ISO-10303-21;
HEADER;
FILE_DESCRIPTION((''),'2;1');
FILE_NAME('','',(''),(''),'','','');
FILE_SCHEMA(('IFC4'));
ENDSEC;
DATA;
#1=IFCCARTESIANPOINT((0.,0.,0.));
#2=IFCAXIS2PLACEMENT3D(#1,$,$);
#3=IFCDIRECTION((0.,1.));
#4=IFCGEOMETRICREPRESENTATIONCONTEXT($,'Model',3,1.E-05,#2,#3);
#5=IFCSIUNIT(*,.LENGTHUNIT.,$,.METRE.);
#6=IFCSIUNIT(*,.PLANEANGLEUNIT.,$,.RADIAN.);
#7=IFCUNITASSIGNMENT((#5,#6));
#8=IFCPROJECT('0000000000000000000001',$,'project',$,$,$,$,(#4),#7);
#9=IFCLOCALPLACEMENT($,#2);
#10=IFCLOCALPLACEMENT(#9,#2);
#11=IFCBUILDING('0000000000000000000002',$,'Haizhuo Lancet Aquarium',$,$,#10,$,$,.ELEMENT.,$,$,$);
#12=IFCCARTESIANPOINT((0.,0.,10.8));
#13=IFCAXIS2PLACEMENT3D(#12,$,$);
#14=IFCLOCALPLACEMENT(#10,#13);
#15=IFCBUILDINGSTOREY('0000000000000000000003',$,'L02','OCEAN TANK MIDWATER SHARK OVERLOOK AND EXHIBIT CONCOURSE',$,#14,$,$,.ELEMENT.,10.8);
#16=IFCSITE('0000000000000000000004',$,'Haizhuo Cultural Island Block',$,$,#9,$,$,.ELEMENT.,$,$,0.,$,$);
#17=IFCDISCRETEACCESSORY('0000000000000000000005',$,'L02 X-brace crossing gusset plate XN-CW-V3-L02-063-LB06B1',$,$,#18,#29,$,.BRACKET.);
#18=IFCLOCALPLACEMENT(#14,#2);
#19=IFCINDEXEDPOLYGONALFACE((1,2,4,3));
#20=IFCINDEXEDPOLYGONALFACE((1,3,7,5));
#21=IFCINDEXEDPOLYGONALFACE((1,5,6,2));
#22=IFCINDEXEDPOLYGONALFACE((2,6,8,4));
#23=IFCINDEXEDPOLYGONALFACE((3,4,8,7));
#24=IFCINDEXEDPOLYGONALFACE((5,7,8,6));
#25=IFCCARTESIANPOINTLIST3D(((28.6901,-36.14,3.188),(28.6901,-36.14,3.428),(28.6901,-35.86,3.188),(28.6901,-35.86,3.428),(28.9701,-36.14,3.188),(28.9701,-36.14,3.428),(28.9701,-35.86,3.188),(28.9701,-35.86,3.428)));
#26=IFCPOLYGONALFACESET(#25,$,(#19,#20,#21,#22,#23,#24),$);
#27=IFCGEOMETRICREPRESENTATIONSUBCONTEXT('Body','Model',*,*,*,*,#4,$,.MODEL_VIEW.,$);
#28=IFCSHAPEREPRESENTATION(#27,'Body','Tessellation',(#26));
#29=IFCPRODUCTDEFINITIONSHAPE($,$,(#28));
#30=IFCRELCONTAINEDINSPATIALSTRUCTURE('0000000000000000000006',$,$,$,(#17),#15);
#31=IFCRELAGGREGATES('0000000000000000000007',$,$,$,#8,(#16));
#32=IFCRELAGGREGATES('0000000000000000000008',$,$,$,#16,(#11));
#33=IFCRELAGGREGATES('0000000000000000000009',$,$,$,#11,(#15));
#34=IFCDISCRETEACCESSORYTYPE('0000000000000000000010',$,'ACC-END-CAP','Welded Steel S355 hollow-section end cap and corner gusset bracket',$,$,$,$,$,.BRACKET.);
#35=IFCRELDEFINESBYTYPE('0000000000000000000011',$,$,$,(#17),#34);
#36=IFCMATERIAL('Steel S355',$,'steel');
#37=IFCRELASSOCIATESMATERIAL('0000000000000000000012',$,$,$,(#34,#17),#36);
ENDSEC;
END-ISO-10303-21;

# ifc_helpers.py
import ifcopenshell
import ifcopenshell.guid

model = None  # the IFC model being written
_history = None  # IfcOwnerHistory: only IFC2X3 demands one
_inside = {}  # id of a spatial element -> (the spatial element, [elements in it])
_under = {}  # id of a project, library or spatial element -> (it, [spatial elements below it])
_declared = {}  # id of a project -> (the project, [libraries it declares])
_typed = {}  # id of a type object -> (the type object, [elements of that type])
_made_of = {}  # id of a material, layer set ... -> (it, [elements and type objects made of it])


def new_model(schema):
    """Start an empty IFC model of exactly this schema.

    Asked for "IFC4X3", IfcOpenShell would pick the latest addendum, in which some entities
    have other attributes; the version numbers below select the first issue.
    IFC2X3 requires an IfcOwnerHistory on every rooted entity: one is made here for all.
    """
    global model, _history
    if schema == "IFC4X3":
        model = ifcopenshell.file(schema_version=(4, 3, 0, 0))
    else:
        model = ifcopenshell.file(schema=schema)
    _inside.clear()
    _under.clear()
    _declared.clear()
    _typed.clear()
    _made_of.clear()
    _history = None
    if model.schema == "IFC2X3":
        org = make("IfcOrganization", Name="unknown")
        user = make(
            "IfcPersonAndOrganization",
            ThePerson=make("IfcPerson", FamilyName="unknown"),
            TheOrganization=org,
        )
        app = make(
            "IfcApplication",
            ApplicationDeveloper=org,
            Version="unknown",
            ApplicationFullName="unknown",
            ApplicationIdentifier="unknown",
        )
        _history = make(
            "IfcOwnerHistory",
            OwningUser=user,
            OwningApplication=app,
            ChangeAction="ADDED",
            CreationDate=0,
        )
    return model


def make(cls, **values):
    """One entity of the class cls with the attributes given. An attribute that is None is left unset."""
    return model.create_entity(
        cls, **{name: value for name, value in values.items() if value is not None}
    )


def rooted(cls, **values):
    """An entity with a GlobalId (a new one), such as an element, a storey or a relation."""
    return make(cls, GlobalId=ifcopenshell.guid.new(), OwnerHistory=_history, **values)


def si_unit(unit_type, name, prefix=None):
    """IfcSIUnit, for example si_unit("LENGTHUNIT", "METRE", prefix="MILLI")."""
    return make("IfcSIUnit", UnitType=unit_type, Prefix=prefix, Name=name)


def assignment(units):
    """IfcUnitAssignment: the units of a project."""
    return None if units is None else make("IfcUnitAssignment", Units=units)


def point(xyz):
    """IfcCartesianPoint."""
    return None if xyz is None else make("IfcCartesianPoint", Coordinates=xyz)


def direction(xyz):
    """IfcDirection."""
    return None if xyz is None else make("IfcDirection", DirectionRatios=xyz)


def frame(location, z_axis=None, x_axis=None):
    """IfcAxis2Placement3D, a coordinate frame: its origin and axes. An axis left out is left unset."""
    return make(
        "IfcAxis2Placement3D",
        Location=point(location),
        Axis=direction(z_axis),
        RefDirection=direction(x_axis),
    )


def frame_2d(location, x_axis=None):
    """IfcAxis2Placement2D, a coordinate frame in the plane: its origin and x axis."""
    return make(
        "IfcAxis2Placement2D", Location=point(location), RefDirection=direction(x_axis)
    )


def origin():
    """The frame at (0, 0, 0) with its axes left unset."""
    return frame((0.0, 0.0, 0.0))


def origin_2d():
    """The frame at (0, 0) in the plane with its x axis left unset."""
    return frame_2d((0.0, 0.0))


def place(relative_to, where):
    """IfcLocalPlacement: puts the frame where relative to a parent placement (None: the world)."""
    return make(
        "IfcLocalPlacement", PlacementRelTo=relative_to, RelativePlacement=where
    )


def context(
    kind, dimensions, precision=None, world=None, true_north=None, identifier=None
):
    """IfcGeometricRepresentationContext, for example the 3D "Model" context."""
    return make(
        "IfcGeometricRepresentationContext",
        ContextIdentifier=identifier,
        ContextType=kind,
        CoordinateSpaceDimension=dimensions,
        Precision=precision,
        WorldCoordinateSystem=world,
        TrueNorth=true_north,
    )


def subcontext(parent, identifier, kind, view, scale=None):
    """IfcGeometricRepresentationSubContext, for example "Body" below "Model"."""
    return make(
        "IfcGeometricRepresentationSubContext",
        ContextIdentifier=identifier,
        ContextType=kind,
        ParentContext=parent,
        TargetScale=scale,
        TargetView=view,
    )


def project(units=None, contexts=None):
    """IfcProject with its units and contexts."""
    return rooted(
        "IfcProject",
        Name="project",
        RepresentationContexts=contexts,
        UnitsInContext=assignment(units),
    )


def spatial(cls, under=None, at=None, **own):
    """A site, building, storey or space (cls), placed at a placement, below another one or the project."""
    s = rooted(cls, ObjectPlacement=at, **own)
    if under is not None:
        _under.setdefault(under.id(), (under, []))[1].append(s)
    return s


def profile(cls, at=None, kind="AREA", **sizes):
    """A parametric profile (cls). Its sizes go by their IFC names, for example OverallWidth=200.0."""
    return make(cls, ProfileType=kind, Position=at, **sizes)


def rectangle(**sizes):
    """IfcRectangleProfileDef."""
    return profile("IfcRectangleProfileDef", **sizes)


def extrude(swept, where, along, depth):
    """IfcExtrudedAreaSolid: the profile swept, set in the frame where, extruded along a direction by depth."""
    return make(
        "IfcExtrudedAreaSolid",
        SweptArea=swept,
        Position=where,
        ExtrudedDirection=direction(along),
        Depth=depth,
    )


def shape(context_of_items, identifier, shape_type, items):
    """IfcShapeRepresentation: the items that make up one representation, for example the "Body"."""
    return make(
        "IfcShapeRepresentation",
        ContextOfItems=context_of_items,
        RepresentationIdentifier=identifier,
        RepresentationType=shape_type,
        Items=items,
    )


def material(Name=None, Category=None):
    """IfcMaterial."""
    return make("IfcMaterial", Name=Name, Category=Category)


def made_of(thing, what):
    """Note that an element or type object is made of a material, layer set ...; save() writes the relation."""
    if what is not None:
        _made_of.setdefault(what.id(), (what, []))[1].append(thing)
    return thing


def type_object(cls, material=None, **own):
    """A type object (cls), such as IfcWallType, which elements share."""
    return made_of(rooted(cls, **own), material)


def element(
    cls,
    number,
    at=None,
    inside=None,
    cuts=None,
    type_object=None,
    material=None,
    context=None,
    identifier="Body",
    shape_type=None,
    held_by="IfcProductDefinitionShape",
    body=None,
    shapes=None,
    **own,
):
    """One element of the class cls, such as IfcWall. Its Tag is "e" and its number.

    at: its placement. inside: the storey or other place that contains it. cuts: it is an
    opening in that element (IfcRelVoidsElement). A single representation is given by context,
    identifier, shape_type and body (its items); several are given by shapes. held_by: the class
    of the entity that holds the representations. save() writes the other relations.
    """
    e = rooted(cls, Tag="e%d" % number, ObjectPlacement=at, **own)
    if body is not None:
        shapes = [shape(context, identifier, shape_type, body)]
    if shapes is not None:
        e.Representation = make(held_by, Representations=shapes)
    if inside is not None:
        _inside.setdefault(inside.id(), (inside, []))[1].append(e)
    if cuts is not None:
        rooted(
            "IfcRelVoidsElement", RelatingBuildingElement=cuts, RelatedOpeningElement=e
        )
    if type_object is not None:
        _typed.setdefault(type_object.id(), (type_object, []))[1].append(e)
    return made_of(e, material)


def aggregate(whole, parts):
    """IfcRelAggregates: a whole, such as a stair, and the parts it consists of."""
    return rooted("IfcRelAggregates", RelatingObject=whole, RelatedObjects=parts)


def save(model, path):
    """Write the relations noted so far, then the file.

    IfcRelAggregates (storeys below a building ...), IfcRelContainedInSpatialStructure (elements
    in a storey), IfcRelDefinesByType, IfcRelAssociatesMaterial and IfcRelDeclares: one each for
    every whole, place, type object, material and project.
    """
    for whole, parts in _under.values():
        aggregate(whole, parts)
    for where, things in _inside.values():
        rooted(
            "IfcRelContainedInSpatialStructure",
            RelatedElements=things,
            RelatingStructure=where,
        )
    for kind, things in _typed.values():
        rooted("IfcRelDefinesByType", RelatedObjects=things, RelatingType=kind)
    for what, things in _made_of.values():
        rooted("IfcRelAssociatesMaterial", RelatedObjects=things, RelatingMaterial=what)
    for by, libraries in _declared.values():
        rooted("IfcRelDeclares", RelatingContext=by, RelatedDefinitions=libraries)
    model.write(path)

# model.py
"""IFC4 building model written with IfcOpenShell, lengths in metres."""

from ifc_helpers import new_model, si_unit, direction, frame, origin, origin_2d, place, context, subcontext, project, spatial, rectangle, extrude, material, type_object, element, save


model = new_model("IFC4")

# Units and contexts
model_context = context("Model", 3, precision=1e-05, world=origin(), true_north=direction((0.0, 1.0)))
body_context = subcontext(model_context, "Body", "Model", "MODEL_VIEW")
ifc_project = project(units=[si_unit("LENGTHUNIT", "METRE"), si_unit("PLANEANGLEUNIT", "RADIAN")], contexts=[model_context])

# Site, building, storey
site_placement = place(None, origin())
site = spatial("IfcSite", under=ifc_project, at=site_placement, Name="Haizhuo Cultural Island Block", CompositionType="ELEMENT", RefElevation=0.0)
building_placement = place(site_placement, origin())
building = spatial("IfcBuilding", under=site, at=building_placement, Name="Haizhuo Lancet Aquarium", CompositionType="ELEMENT")
storey_placement = place(building_placement, frame((0.0, 0.0, 10.8)))
storey = spatial("IfcBuildingStorey", under=building, at=storey_placement, Name="L02", Description="OCEAN TANK MIDWATER SHARK OVERLOOK AND EXHIBIT CONCOURSE", CompositionType="ELEMENT", Elevation=10.8)

# Shared definitions
ifc_material_1 = material(Name="Steel S355", Category="steel")

# Discrete accessory
discrete_accessory_type = type_object("IfcDiscreteAccessoryType", Name="ACC-END-CAP", Description="Welded Steel S355 hollow-section end cap and corner gusset bracket", PredefinedType="BRACKET", material=ifc_material_1)
for number, where, z_axis, x_axis, name in (
    (1, (28.8301, -36.0, 3.188), (0.0, 0.0, 1.0), (1.0, 0.0, 0.0), "L02 X-brace crossing gusset plate XN-CW-V3-L02-063-LB06B1"),
):
    element("IfcDiscreteAccessory", number, at=place(storey_placement, frame(where, z_axis=z_axis, x_axis=x_axis)), inside=storey, type_object=discrete_accessory_type, material=ifc_material_1, Name=name, PredefinedType="BRACKET", context=body_context, shape_type="SweptSolid", body=[
        extrude(rectangle(XDim=0.28, YDim=0.28, at=origin_2d()), origin(), (0.0, 0.0, 1.0), 0.24),
    ])

save(model, "model.ifc")
